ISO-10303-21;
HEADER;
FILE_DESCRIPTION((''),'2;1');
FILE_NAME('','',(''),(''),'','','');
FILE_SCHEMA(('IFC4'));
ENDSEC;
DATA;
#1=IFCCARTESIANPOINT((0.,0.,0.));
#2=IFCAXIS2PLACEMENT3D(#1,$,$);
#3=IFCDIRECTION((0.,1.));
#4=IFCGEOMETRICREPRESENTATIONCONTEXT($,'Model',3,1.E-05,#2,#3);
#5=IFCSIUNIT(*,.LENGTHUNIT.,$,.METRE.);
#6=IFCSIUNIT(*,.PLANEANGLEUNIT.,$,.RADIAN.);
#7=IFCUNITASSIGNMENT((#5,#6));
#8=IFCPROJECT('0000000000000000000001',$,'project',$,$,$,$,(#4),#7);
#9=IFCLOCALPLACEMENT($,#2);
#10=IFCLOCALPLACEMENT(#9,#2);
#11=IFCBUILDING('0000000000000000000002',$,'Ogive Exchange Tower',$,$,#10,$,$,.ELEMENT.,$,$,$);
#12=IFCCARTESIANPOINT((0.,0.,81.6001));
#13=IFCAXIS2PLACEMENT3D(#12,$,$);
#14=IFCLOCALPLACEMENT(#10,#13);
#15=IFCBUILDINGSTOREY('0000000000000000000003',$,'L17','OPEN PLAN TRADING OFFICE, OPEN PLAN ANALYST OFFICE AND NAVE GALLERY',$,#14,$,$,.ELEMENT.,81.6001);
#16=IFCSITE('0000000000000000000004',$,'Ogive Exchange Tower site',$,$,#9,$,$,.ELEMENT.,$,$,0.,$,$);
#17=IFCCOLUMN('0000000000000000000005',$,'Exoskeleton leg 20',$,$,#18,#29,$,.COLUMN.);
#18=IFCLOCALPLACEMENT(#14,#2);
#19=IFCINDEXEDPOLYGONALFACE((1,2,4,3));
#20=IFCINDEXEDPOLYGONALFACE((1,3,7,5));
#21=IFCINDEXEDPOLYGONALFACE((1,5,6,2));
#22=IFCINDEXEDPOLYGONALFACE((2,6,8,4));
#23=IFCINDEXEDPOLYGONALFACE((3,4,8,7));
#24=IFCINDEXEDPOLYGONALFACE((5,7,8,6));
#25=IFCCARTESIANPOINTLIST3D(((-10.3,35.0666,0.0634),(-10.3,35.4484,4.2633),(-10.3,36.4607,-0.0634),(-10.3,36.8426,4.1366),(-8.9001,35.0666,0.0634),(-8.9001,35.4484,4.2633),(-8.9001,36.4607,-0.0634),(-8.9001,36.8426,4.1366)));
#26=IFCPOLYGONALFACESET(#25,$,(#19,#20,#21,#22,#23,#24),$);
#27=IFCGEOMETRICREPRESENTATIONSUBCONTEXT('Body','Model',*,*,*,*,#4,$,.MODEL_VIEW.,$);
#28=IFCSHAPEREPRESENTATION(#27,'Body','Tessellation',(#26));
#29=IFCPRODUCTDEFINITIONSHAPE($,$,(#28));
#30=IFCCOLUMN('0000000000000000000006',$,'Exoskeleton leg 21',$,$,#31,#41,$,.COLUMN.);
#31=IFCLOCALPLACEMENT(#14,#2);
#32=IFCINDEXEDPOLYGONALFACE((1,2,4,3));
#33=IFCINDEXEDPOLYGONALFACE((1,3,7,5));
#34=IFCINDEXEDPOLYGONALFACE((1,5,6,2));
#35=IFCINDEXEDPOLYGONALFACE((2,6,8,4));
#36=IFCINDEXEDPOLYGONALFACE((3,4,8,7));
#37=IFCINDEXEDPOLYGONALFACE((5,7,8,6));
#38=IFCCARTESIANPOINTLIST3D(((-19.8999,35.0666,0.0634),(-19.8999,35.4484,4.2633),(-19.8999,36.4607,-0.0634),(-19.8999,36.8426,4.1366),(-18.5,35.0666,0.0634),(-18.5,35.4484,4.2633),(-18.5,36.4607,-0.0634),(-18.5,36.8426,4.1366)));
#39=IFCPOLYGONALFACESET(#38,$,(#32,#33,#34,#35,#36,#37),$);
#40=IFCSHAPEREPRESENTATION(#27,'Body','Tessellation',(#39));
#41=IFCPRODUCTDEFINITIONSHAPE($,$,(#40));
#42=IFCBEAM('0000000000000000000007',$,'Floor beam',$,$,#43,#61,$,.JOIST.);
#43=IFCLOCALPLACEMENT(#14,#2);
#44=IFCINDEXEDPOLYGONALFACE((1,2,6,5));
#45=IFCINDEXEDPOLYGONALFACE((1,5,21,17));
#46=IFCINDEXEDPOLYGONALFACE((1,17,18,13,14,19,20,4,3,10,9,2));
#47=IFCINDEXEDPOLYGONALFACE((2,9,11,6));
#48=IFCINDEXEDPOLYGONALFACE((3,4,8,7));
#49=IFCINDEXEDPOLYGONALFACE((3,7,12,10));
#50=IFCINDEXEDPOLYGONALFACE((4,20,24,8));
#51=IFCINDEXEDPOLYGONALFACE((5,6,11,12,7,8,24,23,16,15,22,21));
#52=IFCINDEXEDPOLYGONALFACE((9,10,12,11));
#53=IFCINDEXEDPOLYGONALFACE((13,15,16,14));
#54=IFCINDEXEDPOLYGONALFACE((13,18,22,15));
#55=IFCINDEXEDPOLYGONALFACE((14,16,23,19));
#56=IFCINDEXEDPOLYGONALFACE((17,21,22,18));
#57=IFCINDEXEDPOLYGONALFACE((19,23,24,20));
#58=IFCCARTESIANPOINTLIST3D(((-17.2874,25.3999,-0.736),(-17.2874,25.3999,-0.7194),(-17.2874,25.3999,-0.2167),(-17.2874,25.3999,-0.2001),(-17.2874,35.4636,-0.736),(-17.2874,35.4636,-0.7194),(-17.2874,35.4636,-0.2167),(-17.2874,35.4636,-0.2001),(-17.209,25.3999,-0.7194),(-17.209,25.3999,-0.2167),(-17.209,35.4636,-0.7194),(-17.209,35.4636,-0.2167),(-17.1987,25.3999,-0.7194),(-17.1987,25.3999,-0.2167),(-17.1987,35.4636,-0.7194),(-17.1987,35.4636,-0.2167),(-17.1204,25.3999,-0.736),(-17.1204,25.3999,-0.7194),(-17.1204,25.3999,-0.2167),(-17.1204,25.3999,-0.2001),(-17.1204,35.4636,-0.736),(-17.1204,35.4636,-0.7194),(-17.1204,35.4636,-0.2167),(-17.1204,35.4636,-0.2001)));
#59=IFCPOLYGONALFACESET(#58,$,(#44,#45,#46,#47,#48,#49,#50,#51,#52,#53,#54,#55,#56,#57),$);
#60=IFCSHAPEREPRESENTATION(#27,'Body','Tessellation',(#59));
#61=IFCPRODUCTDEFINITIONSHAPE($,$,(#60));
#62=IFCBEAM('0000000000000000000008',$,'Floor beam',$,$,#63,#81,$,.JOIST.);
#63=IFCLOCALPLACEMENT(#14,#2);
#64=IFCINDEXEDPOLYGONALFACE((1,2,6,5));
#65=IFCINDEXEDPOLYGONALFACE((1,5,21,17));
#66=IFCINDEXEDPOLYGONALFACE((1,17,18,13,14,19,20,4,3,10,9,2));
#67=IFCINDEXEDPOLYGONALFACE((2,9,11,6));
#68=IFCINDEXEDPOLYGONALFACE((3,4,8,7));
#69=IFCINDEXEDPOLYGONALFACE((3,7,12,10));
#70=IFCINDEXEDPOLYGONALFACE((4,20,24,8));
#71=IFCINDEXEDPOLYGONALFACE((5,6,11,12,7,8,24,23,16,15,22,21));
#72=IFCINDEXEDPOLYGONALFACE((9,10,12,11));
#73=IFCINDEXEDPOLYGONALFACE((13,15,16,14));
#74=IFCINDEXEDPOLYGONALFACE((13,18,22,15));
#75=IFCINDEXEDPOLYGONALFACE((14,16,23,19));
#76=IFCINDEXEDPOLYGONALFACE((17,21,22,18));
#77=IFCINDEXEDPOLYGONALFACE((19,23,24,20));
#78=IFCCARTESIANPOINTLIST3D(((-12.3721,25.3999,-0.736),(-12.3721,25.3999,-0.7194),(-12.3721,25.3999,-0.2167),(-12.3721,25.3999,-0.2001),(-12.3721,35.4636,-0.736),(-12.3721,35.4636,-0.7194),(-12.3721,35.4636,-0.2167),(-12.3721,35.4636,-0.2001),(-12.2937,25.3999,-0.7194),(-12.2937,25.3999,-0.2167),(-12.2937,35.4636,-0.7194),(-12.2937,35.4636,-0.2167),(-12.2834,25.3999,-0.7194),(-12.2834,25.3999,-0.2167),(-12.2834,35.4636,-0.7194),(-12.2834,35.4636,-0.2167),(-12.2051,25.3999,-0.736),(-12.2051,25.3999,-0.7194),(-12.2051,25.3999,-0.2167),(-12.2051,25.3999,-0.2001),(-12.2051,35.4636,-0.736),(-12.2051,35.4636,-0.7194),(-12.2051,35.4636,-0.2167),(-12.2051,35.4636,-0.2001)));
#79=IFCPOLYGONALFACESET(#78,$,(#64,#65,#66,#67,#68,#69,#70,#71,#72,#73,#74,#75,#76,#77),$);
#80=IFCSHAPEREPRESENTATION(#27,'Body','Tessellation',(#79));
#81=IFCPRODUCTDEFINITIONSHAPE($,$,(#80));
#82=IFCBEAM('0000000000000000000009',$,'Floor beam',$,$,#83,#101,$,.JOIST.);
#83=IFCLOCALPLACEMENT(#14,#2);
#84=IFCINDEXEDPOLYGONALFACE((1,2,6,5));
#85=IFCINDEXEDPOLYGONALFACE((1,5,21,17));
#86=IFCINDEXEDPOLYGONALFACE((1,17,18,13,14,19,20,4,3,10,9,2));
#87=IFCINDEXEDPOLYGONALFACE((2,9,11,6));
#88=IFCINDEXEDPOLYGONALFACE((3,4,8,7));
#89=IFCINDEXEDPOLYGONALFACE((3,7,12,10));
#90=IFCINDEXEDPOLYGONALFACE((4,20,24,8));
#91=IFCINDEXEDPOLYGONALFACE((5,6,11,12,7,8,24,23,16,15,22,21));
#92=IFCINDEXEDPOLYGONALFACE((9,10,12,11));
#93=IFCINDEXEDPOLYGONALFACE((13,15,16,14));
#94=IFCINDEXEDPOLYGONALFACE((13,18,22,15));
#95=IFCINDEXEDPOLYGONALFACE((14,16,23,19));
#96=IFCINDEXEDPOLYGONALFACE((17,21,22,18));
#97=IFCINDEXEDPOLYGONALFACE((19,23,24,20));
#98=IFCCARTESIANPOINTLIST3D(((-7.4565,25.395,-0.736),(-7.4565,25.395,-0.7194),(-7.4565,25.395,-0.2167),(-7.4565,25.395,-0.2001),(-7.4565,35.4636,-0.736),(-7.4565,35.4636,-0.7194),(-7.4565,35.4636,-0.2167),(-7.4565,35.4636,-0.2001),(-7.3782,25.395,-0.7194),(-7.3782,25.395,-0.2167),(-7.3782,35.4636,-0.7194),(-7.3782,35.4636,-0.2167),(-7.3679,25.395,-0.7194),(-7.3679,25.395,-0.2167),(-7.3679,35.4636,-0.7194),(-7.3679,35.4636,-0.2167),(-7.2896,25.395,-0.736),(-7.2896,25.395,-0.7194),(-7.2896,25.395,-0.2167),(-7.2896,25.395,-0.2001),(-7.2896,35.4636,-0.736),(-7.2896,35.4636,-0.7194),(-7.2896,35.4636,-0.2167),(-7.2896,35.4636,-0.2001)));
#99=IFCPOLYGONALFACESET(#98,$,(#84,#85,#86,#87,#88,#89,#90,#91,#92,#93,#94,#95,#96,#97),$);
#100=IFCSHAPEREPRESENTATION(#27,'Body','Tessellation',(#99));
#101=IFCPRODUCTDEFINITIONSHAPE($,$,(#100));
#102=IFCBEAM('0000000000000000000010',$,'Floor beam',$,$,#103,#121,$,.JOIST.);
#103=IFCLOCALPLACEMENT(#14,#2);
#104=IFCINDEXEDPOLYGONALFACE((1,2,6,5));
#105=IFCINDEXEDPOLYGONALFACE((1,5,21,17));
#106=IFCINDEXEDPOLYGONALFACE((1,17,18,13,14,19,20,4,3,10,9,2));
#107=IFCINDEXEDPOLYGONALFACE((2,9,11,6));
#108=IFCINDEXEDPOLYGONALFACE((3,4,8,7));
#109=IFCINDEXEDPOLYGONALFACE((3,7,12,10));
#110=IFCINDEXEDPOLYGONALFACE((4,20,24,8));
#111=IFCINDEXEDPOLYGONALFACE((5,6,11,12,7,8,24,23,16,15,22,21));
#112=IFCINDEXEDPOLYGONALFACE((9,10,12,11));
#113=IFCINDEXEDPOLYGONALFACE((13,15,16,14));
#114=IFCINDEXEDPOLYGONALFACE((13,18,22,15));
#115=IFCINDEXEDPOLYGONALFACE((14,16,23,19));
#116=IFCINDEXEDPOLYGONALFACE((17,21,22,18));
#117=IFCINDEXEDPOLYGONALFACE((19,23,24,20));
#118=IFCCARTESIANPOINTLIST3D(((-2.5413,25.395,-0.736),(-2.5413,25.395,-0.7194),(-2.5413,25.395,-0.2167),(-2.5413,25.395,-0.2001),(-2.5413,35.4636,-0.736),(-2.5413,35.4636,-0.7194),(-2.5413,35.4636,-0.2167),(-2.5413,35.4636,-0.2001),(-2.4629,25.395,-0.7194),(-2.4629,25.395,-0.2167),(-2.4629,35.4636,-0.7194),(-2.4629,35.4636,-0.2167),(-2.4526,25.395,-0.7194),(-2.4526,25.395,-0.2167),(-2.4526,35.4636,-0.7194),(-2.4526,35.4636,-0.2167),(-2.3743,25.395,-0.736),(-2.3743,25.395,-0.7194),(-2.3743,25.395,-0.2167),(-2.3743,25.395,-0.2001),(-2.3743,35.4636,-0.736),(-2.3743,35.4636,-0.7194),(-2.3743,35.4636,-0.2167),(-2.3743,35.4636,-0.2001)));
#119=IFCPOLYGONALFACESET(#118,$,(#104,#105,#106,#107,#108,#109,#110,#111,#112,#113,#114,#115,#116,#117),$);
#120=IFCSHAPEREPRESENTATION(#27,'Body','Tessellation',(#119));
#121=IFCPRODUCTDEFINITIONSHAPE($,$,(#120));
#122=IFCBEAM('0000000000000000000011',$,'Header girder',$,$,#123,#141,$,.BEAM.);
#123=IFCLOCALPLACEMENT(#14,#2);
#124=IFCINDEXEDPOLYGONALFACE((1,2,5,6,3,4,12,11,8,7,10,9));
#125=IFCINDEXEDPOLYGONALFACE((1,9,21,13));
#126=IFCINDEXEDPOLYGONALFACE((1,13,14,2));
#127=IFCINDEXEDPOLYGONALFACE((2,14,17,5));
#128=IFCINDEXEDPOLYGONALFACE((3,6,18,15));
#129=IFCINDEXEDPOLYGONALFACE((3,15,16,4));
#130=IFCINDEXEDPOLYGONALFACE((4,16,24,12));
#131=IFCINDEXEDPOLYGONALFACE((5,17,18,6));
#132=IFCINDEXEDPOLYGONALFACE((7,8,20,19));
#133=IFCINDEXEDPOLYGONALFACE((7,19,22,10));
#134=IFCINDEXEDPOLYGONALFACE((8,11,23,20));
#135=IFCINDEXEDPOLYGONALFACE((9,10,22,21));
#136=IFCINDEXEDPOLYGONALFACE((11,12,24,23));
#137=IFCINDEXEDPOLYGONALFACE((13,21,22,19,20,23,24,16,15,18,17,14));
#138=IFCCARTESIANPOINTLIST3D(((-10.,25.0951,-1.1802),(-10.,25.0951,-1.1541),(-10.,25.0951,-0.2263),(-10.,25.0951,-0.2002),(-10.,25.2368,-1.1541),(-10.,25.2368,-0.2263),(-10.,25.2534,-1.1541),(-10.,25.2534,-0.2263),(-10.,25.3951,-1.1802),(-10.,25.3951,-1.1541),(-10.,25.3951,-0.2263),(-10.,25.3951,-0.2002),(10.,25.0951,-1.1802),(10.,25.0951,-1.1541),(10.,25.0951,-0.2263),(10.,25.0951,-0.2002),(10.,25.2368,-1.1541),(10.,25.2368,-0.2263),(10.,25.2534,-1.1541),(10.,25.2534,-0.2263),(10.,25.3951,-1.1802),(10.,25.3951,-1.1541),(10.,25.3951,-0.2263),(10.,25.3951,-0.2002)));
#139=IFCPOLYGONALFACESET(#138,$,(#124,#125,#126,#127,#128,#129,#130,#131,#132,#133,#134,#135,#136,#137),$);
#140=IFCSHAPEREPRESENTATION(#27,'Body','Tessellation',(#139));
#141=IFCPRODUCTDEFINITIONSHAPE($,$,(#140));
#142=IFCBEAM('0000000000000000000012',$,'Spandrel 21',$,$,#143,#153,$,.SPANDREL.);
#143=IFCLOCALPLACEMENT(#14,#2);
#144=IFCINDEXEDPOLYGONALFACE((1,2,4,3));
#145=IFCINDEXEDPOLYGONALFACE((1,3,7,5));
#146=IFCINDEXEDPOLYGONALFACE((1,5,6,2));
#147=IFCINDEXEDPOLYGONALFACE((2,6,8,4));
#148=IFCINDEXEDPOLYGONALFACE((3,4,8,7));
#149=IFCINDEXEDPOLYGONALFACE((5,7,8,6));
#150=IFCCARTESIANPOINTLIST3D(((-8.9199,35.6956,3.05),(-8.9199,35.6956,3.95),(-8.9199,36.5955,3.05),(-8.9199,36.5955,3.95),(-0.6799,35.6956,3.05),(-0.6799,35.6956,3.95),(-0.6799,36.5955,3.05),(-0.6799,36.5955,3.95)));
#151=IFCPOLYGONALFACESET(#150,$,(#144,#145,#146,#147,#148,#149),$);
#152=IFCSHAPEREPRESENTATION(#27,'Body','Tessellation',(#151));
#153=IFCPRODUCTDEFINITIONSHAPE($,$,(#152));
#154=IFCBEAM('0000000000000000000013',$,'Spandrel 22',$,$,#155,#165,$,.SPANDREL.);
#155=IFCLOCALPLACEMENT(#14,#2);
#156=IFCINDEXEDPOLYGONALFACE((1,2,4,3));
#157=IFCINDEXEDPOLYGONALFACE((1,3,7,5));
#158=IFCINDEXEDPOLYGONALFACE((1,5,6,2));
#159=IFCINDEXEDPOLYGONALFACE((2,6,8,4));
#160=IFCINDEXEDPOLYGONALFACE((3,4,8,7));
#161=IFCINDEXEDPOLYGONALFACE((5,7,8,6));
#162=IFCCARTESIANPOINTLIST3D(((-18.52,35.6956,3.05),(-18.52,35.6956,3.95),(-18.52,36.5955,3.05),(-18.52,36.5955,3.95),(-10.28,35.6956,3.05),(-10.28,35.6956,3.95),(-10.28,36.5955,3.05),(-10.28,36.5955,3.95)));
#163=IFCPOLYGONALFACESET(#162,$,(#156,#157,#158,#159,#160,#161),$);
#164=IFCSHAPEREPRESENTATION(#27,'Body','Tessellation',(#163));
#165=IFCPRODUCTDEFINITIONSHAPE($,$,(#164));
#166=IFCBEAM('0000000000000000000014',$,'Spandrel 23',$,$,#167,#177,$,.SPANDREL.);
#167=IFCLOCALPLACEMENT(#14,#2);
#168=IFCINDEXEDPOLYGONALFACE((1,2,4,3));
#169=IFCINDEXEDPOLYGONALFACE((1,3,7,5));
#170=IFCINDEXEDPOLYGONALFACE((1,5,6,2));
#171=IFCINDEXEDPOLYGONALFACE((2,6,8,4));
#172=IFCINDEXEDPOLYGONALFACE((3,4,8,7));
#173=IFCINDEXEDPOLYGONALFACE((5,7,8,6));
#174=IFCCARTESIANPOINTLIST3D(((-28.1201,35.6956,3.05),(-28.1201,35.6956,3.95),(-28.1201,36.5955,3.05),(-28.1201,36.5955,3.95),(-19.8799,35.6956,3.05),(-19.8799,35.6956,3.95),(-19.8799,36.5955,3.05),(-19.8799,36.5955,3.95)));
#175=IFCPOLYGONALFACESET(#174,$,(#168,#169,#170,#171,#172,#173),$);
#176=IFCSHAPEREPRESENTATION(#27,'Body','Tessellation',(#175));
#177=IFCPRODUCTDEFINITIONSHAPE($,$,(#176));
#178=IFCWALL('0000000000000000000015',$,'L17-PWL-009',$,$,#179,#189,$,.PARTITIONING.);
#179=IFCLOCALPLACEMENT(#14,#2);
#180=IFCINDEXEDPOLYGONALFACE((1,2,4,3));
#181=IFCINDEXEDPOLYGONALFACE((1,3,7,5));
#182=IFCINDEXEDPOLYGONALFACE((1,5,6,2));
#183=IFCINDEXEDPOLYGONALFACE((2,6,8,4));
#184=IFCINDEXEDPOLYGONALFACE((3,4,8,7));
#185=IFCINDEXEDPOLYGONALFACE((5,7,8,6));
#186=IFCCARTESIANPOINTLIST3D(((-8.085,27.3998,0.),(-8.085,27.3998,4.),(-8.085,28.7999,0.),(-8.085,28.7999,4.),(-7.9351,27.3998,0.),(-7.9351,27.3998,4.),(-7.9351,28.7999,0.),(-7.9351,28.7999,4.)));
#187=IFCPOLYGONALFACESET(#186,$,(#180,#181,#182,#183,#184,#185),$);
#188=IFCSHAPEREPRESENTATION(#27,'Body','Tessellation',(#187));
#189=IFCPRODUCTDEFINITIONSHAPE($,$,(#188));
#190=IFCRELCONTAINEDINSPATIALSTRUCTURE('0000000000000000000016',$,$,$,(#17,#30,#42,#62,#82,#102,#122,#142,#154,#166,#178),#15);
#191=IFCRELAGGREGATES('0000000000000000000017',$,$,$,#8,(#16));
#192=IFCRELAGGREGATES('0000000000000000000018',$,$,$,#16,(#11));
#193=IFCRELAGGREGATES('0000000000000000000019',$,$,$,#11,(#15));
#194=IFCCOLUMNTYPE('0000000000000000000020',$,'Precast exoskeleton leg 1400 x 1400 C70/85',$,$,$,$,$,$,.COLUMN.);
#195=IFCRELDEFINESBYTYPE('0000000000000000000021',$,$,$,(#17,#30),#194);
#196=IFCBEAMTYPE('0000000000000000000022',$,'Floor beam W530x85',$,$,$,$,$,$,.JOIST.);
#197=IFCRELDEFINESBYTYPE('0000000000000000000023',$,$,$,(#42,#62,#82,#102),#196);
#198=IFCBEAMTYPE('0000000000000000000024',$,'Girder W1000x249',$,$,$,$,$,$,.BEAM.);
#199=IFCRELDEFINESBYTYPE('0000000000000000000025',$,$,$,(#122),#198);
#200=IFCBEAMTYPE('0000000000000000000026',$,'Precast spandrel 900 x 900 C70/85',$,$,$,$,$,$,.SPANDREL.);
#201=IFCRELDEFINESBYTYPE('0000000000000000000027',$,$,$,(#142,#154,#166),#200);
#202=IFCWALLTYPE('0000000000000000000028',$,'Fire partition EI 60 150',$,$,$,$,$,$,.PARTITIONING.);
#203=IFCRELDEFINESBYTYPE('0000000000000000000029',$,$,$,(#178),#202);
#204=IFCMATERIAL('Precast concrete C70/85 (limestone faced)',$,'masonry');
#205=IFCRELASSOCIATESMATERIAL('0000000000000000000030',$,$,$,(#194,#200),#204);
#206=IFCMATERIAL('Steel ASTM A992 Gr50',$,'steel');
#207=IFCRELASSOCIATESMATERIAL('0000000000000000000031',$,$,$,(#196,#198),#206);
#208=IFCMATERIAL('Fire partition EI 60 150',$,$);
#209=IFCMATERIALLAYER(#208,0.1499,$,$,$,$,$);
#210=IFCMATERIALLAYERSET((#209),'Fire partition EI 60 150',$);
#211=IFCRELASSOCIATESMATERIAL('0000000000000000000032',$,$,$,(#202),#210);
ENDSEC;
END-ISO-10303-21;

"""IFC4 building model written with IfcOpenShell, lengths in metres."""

from ifc_helpers import new_model, si_unit, direction, frame, frame_2d, origin, origin_2d, place, context, subcontext, project, spatial, rectangle, i_section, extrude, material, layer, layer_set, material_profile, profile_set, type_object, element, save


model = new_model("IFC4")

# Units and contexts
model_context = context("Model", 3, precision=1e-05, world=origin(), true_north=direction((0.0, 1.0)))
body_context = subcontext(model_context, "Body", "Model", "MODEL_VIEW")
ifc_project = project(units=[si_unit("LENGTHUNIT", "METRE"), si_unit("PLANEANGLEUNIT", "RADIAN")], contexts=[model_context])

# Site, building, storey
site_placement = place(None, origin())
site = spatial("IfcSite", under=ifc_project, at=site_placement, Name="Ogive Exchange Tower site", CompositionType="ELEMENT", RefElevation=0.0)
building_placement = place(site_placement, origin())
building = spatial("IfcBuilding", under=site, at=building_placement, Name="Ogive Exchange Tower", CompositionType="ELEMENT")
storey_placement = place(building_placement, frame((0.0, 0.0, 81.6001)))
storey = spatial("IfcBuildingStorey", under=building, at=storey_placement, Name="L17", Description="OPEN PLAN TRADING OFFICE, OPEN PLAN ANALYST OFFICE AND NAVE GALLERY", CompositionType="ELEMENT", Elevation=81.6001)

# Columns
ifc_material_1 = material(Name="Precast concrete C70/85 (limestone faced)", Category="masonry")
ifc_material_profile_1 = material_profile(ifc_material_1, rectangle(XDim=1.3999, YDim=1.3999, at=origin_2d()), Name="1400 x 1400")
ifc_profile_set_1 = profile_set([ifc_material_profile_1], Name="Precast concrete C70/85 (limestone faced)")
column_type = type_object("IfcColumnType", Name="Precast exoskeleton leg 1400 x 1400 C70/85", PredefinedType="COLUMN", material=ifc_profile_set_1)
for number, where, z_axis, x_axis, name in (
    (1, (-9.6001, 35.7637, 0.0), (0.0, 0.090541, 0.995893), (-1.0, 0.0, 0.0), "Exoskeleton leg 20"),
    (2, (-19.2, 35.7637, 0.0), (0.0, 0.090541, 0.995893), (-1.0, 0.0, 0.0), "Exoskeleton leg 21"),
):
    element("IfcColumn", number, at=place(storey_placement, frame(where, z_axis=z_axis, x_axis=x_axis)), inside=storey, type_object=column_type, Name=name, PredefinedType="COLUMN", context=body_context, shape_type="SweptSolid", body=[
        extrude(rectangle(XDim=1.3999, YDim=1.3999, at=origin_2d()), origin(), (0.0, 0.0, 1.0), 4.2173),
    ])

# Beams
ifc_material_2 = material(Name="Steel ASTM A992 Gr50", Category="steel")
ifc_material_profile_2 = material_profile(ifc_material_2, i_section(OverallWidth=0.167, OverallDepth=0.5359, WebThickness=0.0103, FlangeThickness=0.0166, at=origin_2d()), Name="W530x85")
ifc_profile_set_2 = profile_set([ifc_material_profile_2], Name="Steel ASTM A992 Gr50")
beam_type_1 = type_object("IfcBeamType", Name="Floor beam W530x85", PredefinedType="JOIST", material=ifc_profile_set_2)
for number, where, z_axis, x_axis, name in (
    (3, (-17.2039, 25.3999, -0.468), (0.0, 1.0, 0.0), (-1.0, 0.0, 0.0), "Floor beam"),
    (4, (-12.2886, 25.3999, -0.468), (0.0, 1.0, 0.0), (-1.0, 0.0, 0.0), "Floor beam"),
):
    element("IfcBeam", number, at=place(storey_placement, frame(where, z_axis=z_axis, x_axis=x_axis)), inside=storey, type_object=beam_type_1, Name=name, PredefinedType="JOIST", context=body_context, shape_type="SweptSolid", body=[
        extrude(i_section(OverallWidth=0.167, OverallDepth=0.5359, WebThickness=0.0103, FlangeThickness=0.0166, at=origin_2d()), origin(), (0.0, 0.0, 1.0), 10.0637),
    ])
for number, where, z_axis, x_axis, name in (
    (5, (-7.373, 25.395, -0.468), (0.0, 1.0, 0.0), (-1.0, 0.0, 0.0), "Floor beam"),
    (6, (-2.4578, 25.395, -0.468), (0.0, 1.0, 0.0), (-1.0, 0.0, 0.0), "Floor beam"),
):
    element("IfcBeam", number, at=place(storey_placement, frame(where, z_axis=z_axis, x_axis=x_axis)), inside=storey, type_object=beam_type_1, Name=name, PredefinedType="JOIST", context=body_context, shape_type="SweptSolid", body=[
        extrude(i_section(OverallWidth=0.167, OverallDepth=0.5359, WebThickness=0.0103, FlangeThickness=0.0166, at=origin_2d()), origin(), (0.0, 0.0, 1.0), 10.0686),
    ])
ifc_material_profile_3 = material_profile(ifc_material_2, i_section(OverallWidth=0.3, OverallDepth=0.98, WebThickness=0.0166, FlangeThickness=0.0261, at=origin_2d()), Name="W1000x249")
ifc_profile_set_3 = profile_set([ifc_material_profile_3], Name="Steel ASTM A992 Gr50")
beam_type_2 = type_object("IfcBeamType", Name="Girder W1000x249", PredefinedType="BEAM", material=ifc_profile_set_3)
beam_1_placement = place(storey_placement, frame((-10.0, 25.2451, -0.6902), z_axis=(1.0, 0.0, 0.0), x_axis=(0.0, 1.0, 0.0)))
element("IfcBeam", 7, at=beam_1_placement, inside=storey, type_object=beam_type_2, Name="Header girder", PredefinedType="BEAM", context=body_context, shape_type="SweptSolid", body=[
    extrude(i_section(OverallWidth=0.3, OverallDepth=0.98, WebThickness=0.0166, FlangeThickness=0.0261, at=origin_2d()), origin(), (0.0, 0.0, 1.0), 20.0),
])
ifc_material_profile_4 = material_profile(ifc_material_1, rectangle(XDim=0.8999, YDim=0.8999, at=origin_2d()), Name="900 x 900")
ifc_profile_set_4 = profile_set([ifc_material_profile_4], Name="Precast concrete C70/85 (limestone faced)")
beam_type_3 = type_object("IfcBeamType", Name="Precast spandrel 900 x 900 C70/85", PredefinedType="SPANDREL", material=ifc_profile_set_4)
for number, where, z_axis, x_axis, name in (
    (8, (-0.6799, 36.1455, 3.5), (-1.0, 0.0, 0.0), (0.0, -1.0, 0.0), "Spandrel 21"),
    (9, (-10.28, 36.1455, 3.5), (-1.0, 0.0, 0.0), (0.0, -1.0, 0.0), "Spandrel 22"),
):
    element("IfcBeam", number, at=place(storey_placement, frame(where, z_axis=z_axis, x_axis=x_axis)), inside=storey, type_object=beam_type_3, Name=name, PredefinedType="SPANDREL", context=body_context, shape_type="SweptSolid", body=[
        extrude(rectangle(XDim=0.8999, YDim=0.8999, at=origin_2d()), origin(), (0.0, 0.0, 1.0), 8.24),
    ])
beam_2_placement = place(storey_placement, frame((-19.8799, 36.1455, 3.5), z_axis=(-1.0, 0.0, 0.0), x_axis=(0.0, -1.0, 0.0)))
element("IfcBeam", 10, at=beam_2_placement, inside=storey, type_object=beam_type_3, Name="Spandrel 23", PredefinedType="SPANDREL", context=body_context, shape_type="SweptSolid", body=[
    extrude(rectangle(XDim=0.8999, YDim=0.8999, at=origin_2d()), origin(), (0.0, 0.0, 1.0), 8.2402),
])

# Wall
ifc_material_3 = material(Name="Fire partition EI 60 150")
ifc_layer_1 = layer(ifc_material_3, 0.1499)
ifc_layer_set_1 = layer_set([ifc_layer_1], Name="Fire partition EI 60 150")
wall_type_1 = type_object("IfcWallType", Name="Fire partition EI 60 150", PredefinedType="PARTITIONING", material=ifc_layer_set_1)
wall_1_placement = place(storey_placement, frame((-8.01, 28.8, 0.0), z_axis=(0.0, 0.0, 1.0), x_axis=(0.0, -1.0, 0.0)))
element("IfcWall", 11, at=wall_1_placement, inside=storey, type_object=wall_type_1, Name="L17-PWL-009", PredefinedType="PARTITIONING", context=body_context, shape_type="SweptSolid", body=[
    extrude(rectangle(XDim=1.4001, YDim=0.1499, at=frame_2d((0.7002, 0.0))), origin(), (0.0, 0.0, 1.0), 4.0),
])

save(model, "model.ifc")
